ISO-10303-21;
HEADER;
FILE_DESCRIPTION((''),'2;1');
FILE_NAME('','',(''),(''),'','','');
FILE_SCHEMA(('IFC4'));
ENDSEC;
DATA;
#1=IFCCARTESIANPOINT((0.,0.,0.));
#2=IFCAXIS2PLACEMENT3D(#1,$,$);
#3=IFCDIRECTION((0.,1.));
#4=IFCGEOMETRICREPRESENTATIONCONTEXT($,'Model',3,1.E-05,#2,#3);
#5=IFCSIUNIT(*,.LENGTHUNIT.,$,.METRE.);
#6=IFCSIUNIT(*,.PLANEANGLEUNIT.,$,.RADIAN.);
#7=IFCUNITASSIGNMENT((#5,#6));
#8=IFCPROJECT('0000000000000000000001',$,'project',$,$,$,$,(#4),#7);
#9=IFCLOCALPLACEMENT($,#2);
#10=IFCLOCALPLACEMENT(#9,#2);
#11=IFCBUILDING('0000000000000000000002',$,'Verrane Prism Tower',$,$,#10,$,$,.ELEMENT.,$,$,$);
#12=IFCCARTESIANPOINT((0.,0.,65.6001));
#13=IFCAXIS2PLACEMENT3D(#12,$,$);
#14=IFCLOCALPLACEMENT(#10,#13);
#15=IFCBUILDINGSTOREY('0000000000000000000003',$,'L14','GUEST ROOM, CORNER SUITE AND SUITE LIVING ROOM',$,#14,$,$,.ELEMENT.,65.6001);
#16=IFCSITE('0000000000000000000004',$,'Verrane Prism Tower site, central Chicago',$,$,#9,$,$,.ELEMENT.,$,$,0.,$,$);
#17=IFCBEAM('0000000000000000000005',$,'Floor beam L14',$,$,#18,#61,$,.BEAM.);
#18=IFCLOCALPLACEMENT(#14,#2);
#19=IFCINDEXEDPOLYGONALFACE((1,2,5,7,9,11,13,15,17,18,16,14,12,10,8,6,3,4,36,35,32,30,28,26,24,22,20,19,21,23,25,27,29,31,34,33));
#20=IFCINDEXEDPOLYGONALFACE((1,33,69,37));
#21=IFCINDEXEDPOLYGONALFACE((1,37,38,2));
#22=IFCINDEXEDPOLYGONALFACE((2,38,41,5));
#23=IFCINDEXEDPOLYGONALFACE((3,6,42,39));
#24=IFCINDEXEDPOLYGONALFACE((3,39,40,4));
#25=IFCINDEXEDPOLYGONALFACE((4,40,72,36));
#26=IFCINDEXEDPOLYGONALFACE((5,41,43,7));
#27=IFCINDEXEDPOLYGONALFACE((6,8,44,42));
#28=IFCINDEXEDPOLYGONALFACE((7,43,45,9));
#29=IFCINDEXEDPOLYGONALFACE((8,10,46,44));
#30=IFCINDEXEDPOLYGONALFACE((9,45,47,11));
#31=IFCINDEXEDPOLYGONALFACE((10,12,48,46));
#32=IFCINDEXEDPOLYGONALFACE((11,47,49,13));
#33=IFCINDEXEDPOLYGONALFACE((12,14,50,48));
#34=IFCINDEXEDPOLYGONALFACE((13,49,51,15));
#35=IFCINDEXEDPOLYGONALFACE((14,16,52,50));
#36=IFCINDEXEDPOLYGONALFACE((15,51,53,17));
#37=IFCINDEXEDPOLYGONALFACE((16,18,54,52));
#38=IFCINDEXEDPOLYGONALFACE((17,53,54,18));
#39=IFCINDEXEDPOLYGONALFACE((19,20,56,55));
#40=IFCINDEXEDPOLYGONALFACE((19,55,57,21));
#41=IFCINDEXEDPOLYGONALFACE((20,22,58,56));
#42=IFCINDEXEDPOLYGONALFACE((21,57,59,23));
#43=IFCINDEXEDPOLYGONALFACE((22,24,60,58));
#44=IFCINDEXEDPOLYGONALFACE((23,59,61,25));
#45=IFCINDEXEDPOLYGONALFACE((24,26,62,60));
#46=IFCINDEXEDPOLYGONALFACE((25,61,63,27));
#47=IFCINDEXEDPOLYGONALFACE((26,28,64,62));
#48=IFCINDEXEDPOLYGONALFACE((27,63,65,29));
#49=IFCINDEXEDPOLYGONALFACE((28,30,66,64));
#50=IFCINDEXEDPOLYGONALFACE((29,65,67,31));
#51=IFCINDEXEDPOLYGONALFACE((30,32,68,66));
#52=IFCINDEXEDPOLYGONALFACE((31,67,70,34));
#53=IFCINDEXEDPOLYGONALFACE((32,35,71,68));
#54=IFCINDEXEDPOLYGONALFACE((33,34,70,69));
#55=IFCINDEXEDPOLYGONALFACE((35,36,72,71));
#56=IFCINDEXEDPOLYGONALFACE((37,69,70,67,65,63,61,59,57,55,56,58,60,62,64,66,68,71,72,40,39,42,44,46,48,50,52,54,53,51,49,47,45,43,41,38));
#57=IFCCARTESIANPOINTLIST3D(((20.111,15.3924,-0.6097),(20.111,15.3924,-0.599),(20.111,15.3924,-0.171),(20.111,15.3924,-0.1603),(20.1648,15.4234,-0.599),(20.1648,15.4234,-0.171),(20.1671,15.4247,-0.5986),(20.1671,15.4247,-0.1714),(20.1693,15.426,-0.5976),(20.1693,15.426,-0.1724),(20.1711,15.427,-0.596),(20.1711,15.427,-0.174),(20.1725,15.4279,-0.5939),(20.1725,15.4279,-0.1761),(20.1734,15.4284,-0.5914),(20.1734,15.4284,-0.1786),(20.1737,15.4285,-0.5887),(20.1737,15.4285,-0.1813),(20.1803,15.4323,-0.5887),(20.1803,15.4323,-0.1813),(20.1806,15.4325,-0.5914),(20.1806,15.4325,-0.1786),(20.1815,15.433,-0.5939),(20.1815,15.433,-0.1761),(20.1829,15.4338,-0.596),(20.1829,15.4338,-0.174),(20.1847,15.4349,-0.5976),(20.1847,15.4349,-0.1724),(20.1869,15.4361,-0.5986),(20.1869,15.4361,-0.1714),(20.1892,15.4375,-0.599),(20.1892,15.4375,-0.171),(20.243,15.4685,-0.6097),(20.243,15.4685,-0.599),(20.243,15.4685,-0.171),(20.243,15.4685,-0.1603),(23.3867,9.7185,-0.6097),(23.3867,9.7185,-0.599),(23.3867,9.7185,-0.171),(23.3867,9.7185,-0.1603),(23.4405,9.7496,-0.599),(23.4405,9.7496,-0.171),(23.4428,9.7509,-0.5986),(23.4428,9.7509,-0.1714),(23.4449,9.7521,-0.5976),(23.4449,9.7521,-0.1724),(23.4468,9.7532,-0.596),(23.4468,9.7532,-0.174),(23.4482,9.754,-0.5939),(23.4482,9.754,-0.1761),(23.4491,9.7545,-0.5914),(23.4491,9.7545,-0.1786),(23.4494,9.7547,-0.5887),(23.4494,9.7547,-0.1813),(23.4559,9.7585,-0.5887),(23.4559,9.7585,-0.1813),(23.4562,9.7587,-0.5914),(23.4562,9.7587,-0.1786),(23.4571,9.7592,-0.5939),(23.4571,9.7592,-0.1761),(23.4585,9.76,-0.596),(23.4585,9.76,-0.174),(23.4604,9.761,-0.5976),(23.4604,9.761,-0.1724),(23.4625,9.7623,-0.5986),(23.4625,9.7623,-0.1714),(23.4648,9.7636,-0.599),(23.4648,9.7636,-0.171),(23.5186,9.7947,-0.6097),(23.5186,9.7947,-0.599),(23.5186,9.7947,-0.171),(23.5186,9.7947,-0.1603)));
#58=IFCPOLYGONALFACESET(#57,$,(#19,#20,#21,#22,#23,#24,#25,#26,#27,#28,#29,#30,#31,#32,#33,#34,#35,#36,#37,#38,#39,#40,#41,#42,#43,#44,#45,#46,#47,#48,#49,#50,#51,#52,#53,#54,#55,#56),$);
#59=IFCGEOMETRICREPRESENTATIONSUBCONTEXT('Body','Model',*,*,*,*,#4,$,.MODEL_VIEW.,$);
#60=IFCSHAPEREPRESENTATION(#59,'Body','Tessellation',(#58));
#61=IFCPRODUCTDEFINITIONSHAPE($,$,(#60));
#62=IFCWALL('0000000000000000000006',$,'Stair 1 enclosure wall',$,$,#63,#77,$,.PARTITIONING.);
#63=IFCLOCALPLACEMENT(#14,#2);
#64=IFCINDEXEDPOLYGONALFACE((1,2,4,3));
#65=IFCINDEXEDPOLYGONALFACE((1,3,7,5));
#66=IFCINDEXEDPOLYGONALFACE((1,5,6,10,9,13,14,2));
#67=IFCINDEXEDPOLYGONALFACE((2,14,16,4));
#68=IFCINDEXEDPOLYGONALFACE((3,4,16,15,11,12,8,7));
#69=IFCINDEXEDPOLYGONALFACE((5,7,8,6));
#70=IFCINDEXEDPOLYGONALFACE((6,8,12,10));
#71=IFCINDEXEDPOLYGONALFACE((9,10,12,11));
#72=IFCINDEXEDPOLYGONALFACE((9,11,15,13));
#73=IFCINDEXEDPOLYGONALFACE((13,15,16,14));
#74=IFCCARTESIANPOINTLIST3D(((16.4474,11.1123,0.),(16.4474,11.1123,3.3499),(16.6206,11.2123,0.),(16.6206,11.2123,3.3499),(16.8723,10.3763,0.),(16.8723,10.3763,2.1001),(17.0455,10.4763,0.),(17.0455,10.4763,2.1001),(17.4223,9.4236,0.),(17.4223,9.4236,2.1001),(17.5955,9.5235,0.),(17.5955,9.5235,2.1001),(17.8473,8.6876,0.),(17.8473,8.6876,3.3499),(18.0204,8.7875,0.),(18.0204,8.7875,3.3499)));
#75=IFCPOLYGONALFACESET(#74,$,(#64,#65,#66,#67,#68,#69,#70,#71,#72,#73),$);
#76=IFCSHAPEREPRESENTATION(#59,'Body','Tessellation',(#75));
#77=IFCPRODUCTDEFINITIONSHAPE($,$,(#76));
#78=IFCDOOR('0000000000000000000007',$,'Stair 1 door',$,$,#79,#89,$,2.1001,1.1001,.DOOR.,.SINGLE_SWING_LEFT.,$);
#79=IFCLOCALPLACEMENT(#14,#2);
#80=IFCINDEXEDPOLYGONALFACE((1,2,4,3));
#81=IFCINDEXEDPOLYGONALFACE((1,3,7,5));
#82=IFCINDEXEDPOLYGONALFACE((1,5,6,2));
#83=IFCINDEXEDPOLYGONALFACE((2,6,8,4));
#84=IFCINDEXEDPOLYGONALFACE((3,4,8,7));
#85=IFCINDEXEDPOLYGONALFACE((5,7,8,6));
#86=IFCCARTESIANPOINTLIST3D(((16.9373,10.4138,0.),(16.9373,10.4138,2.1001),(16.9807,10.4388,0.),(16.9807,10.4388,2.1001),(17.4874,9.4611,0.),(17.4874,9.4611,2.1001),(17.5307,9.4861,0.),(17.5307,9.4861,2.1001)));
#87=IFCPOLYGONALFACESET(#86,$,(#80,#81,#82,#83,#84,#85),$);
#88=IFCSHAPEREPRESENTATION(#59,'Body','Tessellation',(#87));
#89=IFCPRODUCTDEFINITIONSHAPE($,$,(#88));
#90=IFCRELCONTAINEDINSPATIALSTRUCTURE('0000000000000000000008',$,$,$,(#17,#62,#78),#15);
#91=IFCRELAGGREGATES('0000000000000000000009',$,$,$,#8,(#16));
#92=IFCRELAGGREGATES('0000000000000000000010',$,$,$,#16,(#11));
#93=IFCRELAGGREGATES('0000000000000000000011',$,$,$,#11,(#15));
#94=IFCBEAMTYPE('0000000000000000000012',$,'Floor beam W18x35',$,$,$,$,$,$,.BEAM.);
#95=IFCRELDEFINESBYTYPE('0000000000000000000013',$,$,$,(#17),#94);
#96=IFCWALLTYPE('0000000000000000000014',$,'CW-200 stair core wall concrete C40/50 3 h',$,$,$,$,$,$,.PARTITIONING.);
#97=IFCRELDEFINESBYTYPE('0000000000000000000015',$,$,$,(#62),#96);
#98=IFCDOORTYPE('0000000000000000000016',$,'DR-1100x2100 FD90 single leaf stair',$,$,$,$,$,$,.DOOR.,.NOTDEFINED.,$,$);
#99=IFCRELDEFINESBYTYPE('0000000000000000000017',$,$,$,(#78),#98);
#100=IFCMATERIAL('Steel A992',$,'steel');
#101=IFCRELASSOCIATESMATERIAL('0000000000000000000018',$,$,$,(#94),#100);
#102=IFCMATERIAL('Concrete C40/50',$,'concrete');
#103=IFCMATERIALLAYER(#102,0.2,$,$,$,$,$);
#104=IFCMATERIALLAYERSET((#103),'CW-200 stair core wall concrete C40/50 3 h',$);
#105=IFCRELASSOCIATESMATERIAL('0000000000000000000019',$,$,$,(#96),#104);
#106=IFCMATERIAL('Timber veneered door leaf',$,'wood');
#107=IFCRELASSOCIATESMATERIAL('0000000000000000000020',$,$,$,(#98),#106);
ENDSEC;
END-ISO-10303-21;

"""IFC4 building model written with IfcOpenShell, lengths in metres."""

from ifc_helpers import new_model, si_unit, direction, frame, frame_2d, origin, origin_2d, place, context, subcontext, project, spatial, rectangle, i_section, extrude, material, layer, layer_set, material_profile, profile_set, type_object, element, fill, save


model = new_model("IFC4")

# Units and contexts
model_context = context("Model", 3, precision=1e-05, world=origin(), true_north=direction((0.0, 1.0)))
body_context = subcontext(model_context, "Body", "Model", "MODEL_VIEW")
ifc_project = project(units=[si_unit("LENGTHUNIT", "METRE"), si_unit("PLANEANGLEUNIT", "RADIAN")], contexts=[model_context])

# Site, building, storey
site_placement = place(None, origin())
site = spatial("IfcSite", under=ifc_project, at=site_placement, Name="Verrane Prism Tower site, central Chicago", CompositionType="ELEMENT", RefElevation=0.0)
building_placement = place(site_placement, origin())
building = spatial("IfcBuilding", under=site, at=building_placement, Name="Verrane Prism Tower", CompositionType="ELEMENT")
storey_placement = place(building_placement, frame((0.0, 0.0, 65.6001)))
storey = spatial("IfcBuildingStorey", under=building, at=storey_placement, Name="L14", Description="GUEST ROOM, CORNER SUITE AND SUITE LIVING ROOM", CompositionType="ELEMENT", Elevation=65.6001)

# Beam
ifc_material_1 = material(Name="Steel A992", Category="steel")
ifc_material_profile_1 = material_profile(ifc_material_1, i_section(OverallWidth=0.1523, OverallDepth=0.4495, WebThickness=0.0076, FlangeThickness=0.0107, FilletRadius=0.0103, at=origin_2d()), Name="W18x35")
ifc_profile_set_1 = profile_set([ifc_material_profile_1], Name="Steel A992")
beam_type_1 = type_object("IfcBeamType", Name="Floor beam W18x35", PredefinedType="BEAM", material=ifc_profile_set_1)
beam_1_placement = place(storey_placement, frame((23.4526, 9.7566, -0.385), z_axis=(-0.499983, 0.866035, 0.0), x_axis=(-0.866035, -0.499983, 0.0)))
element("IfcBeam", 1, at=beam_1_placement, inside=storey, type_object=beam_type_1, Name="Floor beam L14", PredefinedType="BEAM", context=body_context, shape_type="SweptSolid", body=[
    extrude(i_section(OverallWidth=0.1523, OverallDepth=0.4495, WebThickness=0.0076, FlangeThickness=0.0107, FilletRadius=0.0103, at=origin_2d()), origin(), (0.0, 0.0, 1.0), 6.5515),
])

# Wall, opening, door
ifc_material_2 = material(Name="Concrete C40/50", Category="concrete")
ifc_layer_1 = layer(ifc_material_2, 0.2)
ifc_layer_set_1 = layer_set([ifc_layer_1], Name="CW-200 stair core wall concrete C40/50 3 h")
wall_type_1 = type_object("IfcWallType", Name="CW-200 stair core wall concrete C40/50 3 h", PredefinedType="PARTITIONING", material=ifc_layer_set_1)
wall_1_placement = place(storey_placement, frame((17.9338, 8.7375, 0.0), z_axis=(0.0, 0.0, 1.0), x_axis=(-0.499984, 0.866035, 0.0)))
wall_1 = element("IfcWall", 2, at=wall_1_placement, inside=storey, type_object=wall_type_1, Name="Stair 1 enclosure wall", PredefinedType="PARTITIONING", context=body_context, shape_type="SweptSolid", body=[
    extrude(rectangle(XDim=2.7998, YDim=0.2, at=frame_2d((1.3999, 0.0))), origin(), (0.0, 0.0, 1.0), 3.3499),
])
opening_1_placement = place(wall_1_placement, frame((0.8499, 0.0, 0.0)))
opening_1 = element("IfcOpeningElement", 3, at=opening_1_placement, cuts=wall_1, PredefinedType="OPENING", context=body_context, shape_type="SweptSolid", body=[
    extrude(rectangle(XDim=1.1001, YDim=2.1001, at=frame_2d((0.55, 1.05))), frame((0.0, 0.1099, 0.0), z_axis=(0.0, -1.0, 0.0), x_axis=(1.0, 0.0, 0.0)), (0.0, 0.0, 1.0), 0.22),
])
ifc_material_3 = material(Name="Timber veneered door leaf", Category="wood")
door_type_1 = type_object("IfcDoorType", Name="DR-1100x2100 FD90 single leaf stair", OperationType="NOTDEFINED", PredefinedType="DOOR", material=ifc_material_3)
door_1_placement = place(opening_1_placement, origin())
door_1 = element("IfcDoor", 4, at=door_1_placement, inside=storey, type_object=door_type_1, Name="Stair 1 door", OperationType="SINGLE_SWING_LEFT", OverallHeight=2.1001, OverallWidth=1.1001, PredefinedType="DOOR", context=body_context, shape_type="SweptSolid", body=[
    extrude(rectangle(XDim=1.1001, YDim=2.1001, at=frame_2d((0.55, 1.05))), frame((0.0, 0.0249, 0.0), z_axis=(0.0, -1.0, 0.0), x_axis=(1.0, 0.0, 0.0)), (0.0, 0.0, 1.0), 0.05),
])
fill(opening_1, door_1)

save(model, "model.ifc")
